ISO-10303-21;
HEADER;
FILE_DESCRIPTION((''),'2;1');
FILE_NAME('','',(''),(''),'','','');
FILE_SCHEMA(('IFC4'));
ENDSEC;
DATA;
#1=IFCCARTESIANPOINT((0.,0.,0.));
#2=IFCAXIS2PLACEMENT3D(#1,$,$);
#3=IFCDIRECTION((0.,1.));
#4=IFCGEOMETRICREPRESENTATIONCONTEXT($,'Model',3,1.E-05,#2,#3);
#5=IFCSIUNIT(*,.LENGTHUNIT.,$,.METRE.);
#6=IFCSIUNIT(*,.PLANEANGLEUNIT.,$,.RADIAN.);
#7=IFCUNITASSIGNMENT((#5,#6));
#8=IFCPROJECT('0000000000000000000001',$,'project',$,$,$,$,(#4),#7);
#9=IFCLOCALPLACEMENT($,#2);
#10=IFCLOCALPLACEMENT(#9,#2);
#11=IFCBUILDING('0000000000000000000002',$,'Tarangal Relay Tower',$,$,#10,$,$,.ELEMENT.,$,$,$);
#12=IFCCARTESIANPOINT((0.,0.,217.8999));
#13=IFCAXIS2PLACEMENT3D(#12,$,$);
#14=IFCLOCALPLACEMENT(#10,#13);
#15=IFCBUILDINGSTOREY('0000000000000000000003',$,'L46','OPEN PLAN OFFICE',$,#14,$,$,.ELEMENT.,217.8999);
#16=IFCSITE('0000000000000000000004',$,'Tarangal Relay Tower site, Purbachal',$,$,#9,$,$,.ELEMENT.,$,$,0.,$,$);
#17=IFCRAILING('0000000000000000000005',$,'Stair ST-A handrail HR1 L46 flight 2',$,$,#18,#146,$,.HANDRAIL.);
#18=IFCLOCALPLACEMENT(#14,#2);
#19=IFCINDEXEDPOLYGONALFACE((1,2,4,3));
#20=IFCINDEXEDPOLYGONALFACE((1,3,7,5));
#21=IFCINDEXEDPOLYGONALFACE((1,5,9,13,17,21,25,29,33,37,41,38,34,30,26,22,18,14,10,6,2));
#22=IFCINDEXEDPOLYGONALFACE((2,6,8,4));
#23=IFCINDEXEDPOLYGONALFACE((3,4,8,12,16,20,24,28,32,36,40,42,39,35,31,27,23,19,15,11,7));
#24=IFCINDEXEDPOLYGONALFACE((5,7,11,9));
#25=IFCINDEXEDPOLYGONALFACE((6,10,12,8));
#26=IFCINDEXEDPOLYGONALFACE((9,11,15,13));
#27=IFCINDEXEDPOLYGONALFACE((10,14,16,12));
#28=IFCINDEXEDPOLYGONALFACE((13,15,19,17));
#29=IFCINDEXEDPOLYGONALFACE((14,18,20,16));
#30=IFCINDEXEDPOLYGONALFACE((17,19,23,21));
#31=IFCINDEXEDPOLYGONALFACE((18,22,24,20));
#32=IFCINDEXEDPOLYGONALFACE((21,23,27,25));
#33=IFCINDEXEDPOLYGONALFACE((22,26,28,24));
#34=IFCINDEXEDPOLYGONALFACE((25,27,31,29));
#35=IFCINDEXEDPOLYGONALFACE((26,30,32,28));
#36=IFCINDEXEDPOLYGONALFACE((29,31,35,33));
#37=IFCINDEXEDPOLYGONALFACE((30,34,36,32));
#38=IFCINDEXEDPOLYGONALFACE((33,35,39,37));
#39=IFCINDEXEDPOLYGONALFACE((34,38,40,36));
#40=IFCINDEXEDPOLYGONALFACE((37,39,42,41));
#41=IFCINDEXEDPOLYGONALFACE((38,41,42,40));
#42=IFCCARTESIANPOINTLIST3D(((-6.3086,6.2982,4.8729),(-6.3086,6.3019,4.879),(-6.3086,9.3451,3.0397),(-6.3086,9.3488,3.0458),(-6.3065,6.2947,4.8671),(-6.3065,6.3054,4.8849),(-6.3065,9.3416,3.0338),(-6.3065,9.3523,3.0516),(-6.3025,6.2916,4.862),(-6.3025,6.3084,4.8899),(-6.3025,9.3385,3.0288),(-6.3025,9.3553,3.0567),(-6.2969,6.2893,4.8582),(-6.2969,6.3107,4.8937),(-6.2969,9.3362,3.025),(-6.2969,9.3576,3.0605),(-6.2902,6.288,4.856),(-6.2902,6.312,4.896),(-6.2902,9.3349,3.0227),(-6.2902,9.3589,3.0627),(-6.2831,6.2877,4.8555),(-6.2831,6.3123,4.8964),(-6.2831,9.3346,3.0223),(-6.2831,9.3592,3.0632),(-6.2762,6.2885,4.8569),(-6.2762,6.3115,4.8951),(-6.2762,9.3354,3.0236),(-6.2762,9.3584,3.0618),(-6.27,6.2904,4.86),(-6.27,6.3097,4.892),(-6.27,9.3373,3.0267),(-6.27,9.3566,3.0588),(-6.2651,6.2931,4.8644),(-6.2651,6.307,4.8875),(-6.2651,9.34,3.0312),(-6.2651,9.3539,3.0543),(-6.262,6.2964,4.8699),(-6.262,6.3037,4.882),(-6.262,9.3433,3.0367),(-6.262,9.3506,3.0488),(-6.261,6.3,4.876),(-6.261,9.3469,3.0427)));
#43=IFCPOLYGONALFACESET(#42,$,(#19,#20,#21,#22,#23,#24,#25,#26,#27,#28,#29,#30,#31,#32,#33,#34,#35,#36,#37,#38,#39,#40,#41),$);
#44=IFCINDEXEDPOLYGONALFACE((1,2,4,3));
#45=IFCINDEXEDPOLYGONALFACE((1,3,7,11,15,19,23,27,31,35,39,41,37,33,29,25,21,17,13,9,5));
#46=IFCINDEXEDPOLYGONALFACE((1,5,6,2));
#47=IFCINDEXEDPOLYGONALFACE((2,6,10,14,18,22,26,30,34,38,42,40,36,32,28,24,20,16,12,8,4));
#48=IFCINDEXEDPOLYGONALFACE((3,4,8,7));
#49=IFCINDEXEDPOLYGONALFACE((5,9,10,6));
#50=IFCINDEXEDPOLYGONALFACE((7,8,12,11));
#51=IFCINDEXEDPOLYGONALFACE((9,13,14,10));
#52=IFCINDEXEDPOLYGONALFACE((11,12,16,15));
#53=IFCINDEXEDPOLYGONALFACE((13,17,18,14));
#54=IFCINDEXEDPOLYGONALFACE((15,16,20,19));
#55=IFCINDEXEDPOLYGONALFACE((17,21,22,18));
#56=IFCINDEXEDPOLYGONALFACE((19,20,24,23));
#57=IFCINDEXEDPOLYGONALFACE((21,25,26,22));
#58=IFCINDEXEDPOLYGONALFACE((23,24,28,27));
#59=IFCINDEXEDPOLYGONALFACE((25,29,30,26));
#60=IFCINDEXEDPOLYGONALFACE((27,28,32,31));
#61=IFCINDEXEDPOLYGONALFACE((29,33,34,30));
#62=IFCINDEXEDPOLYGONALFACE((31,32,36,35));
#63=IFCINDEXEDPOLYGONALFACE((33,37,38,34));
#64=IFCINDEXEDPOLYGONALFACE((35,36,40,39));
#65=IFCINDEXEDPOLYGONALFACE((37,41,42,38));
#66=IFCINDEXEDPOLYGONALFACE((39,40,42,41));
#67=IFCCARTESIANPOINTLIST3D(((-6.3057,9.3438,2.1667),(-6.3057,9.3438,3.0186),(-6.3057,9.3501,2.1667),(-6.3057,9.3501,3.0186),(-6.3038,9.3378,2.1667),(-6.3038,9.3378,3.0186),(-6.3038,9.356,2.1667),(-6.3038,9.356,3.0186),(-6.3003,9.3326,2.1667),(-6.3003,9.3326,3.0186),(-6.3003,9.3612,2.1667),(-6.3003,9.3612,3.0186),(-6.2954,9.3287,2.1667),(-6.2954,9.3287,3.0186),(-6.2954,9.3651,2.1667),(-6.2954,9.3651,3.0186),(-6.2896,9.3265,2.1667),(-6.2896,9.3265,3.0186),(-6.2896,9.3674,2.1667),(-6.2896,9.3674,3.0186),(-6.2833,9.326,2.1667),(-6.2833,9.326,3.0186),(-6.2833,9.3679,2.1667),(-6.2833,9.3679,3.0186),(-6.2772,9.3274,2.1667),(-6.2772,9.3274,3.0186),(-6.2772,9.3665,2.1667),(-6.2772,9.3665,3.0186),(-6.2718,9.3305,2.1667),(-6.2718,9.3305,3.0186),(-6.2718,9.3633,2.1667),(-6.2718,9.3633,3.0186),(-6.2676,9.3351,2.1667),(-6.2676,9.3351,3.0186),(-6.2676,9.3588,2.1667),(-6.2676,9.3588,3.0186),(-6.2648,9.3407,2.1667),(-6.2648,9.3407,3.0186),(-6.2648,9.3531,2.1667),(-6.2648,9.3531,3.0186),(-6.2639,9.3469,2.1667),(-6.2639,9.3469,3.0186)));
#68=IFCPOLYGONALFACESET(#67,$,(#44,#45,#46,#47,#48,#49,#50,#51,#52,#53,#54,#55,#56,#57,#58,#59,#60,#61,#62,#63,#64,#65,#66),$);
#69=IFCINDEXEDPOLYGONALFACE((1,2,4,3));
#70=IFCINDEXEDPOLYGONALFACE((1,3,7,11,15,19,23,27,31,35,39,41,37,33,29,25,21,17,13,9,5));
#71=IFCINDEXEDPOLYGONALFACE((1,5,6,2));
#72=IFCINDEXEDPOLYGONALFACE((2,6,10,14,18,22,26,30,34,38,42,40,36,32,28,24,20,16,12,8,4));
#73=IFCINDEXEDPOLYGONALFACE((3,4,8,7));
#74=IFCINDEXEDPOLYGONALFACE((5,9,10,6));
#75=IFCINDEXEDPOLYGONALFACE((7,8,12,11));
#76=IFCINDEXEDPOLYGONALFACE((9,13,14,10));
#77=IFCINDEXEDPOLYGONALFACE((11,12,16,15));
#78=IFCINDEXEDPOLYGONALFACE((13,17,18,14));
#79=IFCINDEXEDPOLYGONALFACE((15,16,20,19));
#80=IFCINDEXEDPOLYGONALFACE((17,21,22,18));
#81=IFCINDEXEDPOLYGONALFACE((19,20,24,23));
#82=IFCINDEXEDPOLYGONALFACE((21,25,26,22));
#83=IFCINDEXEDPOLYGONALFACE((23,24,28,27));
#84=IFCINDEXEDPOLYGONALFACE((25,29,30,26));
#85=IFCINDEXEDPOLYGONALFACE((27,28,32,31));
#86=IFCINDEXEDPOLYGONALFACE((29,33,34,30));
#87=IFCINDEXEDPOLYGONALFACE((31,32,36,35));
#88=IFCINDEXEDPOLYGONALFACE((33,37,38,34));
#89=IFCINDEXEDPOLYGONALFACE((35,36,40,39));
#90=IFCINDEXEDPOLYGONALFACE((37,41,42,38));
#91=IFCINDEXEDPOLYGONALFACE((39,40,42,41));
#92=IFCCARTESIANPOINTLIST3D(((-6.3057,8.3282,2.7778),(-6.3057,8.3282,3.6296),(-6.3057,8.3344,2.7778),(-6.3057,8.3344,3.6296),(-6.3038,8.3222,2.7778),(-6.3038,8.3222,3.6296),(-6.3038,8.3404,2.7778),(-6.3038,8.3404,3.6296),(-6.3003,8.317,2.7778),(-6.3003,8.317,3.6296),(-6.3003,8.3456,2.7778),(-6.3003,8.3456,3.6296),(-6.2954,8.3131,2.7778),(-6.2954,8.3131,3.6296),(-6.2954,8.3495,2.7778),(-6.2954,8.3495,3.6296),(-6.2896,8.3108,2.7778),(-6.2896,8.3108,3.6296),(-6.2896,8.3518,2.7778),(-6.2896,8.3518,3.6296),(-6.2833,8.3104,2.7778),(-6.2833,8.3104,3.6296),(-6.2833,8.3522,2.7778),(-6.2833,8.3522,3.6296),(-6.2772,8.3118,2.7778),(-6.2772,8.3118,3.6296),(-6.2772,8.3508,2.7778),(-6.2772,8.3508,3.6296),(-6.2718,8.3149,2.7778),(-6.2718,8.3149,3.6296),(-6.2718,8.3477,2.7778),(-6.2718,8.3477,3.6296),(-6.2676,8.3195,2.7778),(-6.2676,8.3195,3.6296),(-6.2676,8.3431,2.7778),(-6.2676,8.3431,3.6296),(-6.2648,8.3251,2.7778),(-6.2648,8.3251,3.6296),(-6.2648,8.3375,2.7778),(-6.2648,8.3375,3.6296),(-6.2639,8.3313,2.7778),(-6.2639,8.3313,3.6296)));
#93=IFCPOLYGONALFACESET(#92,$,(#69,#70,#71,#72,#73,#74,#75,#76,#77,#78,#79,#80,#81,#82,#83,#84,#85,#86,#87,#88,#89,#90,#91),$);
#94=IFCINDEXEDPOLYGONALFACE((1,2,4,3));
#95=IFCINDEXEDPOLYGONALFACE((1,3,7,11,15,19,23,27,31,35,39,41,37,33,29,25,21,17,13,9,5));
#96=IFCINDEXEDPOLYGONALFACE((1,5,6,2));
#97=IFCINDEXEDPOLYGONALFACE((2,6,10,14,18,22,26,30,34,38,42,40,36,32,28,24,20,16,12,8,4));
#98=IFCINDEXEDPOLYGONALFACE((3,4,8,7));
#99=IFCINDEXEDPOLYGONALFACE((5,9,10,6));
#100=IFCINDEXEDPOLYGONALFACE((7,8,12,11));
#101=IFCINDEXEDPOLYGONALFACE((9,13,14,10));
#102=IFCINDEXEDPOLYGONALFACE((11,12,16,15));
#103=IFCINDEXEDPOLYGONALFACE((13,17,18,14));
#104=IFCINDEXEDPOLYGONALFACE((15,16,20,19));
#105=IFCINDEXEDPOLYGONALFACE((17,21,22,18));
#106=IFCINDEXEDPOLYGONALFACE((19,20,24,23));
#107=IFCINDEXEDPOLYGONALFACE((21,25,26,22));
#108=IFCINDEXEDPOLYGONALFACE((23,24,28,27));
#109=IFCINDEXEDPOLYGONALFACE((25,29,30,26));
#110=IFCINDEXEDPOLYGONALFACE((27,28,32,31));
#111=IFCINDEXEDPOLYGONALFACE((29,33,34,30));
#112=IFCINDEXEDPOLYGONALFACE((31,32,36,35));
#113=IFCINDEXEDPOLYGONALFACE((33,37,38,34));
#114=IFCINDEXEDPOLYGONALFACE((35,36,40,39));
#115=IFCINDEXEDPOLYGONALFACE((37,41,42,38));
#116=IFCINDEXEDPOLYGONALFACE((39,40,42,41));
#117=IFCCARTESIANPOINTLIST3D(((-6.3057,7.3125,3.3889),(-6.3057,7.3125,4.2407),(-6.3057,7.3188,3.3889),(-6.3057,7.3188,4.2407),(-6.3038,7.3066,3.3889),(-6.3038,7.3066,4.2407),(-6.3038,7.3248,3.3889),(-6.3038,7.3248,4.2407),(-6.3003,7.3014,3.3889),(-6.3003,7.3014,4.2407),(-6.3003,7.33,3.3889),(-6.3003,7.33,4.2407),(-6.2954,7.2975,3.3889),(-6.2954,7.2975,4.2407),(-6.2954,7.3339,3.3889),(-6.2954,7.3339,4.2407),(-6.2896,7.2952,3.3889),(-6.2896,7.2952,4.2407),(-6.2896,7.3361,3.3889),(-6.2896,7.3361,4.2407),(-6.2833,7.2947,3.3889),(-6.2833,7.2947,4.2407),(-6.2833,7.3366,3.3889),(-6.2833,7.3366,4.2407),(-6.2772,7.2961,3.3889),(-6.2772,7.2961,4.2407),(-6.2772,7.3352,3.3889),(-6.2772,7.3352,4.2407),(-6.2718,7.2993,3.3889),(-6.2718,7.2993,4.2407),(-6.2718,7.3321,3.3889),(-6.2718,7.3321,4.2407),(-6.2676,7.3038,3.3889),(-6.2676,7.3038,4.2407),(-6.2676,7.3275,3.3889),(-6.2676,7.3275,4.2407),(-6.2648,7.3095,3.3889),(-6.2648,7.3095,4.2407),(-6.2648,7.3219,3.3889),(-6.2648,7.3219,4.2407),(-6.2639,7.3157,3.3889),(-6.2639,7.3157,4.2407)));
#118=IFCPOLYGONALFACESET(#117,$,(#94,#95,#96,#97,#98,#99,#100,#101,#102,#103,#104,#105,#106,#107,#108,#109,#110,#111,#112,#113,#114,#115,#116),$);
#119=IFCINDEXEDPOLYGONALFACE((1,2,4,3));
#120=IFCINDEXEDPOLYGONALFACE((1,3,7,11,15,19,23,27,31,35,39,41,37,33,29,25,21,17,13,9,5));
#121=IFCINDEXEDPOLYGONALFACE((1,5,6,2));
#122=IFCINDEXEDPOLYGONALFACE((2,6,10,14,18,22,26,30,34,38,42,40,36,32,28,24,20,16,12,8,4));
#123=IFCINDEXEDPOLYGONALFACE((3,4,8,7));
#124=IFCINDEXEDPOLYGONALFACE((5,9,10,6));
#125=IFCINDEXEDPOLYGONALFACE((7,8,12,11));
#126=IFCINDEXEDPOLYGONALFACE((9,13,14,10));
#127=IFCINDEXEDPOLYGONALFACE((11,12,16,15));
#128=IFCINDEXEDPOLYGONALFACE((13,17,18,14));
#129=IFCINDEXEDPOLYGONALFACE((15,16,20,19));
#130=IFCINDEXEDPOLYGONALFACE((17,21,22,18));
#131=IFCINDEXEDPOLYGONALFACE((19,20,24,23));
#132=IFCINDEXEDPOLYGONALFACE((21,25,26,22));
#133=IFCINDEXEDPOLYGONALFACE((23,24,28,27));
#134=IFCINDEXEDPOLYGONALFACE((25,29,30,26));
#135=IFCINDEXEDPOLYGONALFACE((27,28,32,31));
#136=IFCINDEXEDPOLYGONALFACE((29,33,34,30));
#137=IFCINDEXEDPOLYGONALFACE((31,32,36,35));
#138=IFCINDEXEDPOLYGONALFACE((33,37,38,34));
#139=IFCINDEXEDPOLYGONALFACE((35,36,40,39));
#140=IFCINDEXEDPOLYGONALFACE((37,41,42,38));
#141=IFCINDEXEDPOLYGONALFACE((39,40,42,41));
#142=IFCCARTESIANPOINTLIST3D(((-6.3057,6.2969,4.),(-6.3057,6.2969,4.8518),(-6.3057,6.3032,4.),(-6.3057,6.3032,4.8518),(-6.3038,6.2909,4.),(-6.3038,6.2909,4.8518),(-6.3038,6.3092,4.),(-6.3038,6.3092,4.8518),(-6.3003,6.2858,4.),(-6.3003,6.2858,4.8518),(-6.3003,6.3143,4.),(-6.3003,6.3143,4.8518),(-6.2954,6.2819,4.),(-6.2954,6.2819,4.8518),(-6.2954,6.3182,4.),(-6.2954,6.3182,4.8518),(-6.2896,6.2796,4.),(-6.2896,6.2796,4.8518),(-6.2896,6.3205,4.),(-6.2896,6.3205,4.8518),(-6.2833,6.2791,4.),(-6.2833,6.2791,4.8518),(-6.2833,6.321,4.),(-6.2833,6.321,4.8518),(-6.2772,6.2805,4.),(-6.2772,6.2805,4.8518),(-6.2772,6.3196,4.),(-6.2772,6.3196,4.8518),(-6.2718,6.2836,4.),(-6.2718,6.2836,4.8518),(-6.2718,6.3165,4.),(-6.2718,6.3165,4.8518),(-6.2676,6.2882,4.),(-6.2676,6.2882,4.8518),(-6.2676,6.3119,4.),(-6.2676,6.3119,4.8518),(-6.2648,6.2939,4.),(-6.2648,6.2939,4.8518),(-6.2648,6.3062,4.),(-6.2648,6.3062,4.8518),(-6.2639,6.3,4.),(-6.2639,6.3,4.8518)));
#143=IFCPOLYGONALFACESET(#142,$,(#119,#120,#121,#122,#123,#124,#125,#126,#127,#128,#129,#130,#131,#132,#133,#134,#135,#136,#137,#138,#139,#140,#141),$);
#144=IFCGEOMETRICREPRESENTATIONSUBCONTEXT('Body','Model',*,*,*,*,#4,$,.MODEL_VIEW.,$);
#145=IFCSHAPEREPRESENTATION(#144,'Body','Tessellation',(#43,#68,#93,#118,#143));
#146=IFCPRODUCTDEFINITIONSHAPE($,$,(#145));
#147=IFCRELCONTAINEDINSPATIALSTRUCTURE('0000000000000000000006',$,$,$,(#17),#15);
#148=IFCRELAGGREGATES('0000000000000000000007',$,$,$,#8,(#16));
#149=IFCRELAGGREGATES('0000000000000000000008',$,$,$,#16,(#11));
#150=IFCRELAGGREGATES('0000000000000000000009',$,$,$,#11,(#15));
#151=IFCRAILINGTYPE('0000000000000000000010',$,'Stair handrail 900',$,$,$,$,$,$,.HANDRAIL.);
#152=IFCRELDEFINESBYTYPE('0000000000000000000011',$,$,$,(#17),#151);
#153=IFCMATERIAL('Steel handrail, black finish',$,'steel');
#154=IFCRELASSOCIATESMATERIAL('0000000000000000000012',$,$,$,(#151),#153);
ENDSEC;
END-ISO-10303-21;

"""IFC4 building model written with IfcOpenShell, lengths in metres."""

from ifc_helpers import new_model, si_unit, direction, frame, origin, origin_2d, place, context, subcontext, project, spatial, circle, extrude, material, type_object, element, save


model = new_model("IFC4")

# Units and contexts
model_context = context("Model", 3, precision=1e-05, world=origin(), true_north=direction((0.0, 1.0)))
body_context = subcontext(model_context, "Body", "Model", "MODEL_VIEW")
ifc_project = project(units=[si_unit("LENGTHUNIT", "METRE"), si_unit("PLANEANGLEUNIT", "RADIAN")], contexts=[model_context])

# Site, building, storey
site_placement = place(None, origin())
site = spatial("IfcSite", under=ifc_project, at=site_placement, Name="Tarangal Relay Tower site, Purbachal", CompositionType="ELEMENT", RefElevation=0.0)
building_placement = place(site_placement, origin())
building = spatial("IfcBuilding", under=site, at=building_placement, Name="Tarangal Relay Tower", CompositionType="ELEMENT")
storey_placement = place(building_placement, frame((0.0, 0.0, 217.8999)))
storey = spatial("IfcBuildingStorey", under=building, at=storey_placement, Name="L46", Description="OPEN PLAN OFFICE", CompositionType="ELEMENT", Elevation=217.8999)

# Railing
ifc_material_1 = material(Name="Steel handrail, black finish", Category="steel")
railing_type_1 = type_object("IfcRailingType", Name="Stair handrail 900", PredefinedType="HANDRAIL", material=ifc_material_1)
railing_1_placement = place(storey_placement, frame((-6.2849, 9.3469, 2.1667)))
element("IfcRailing", 1, at=railing_1_placement, inside=storey, type_object=railing_type_1, Name="Stair ST-A handrail HR1 L46 flight 2", PredefinedType="HANDRAIL", context=body_context, shape_type="SweptSolid", body=[
    extrude(circle(Radius=0.0239, at=origin_2d()), frame((0.0, 0.0, 0.876), z_axis=(0.0, -0.856856, 0.515556), x_axis=(1.0, 0.0, 0.0)), (0.0, 0.0, 1.0), 3.5559),
    extrude(circle(Radius=0.021, at=origin_2d()), origin(), (0.0, 0.0, 1.0), 0.8518),
    extrude(circle(Radius=0.021, at=origin_2d()), frame((0.0, -1.0156, 0.6111)), (0.0, 0.0, 1.0), 0.8518),
    extrude(circle(Radius=0.021, at=origin_2d()), frame((0.0, -2.0312, 1.2222)), (0.0, 0.0, 1.0), 0.8518),
    extrude(circle(Radius=0.021, at=origin_2d()), frame((0.0, -3.0469, 1.8333)), (0.0, 0.0, 1.0), 0.8518),
])

save(model, "model.ifc")
